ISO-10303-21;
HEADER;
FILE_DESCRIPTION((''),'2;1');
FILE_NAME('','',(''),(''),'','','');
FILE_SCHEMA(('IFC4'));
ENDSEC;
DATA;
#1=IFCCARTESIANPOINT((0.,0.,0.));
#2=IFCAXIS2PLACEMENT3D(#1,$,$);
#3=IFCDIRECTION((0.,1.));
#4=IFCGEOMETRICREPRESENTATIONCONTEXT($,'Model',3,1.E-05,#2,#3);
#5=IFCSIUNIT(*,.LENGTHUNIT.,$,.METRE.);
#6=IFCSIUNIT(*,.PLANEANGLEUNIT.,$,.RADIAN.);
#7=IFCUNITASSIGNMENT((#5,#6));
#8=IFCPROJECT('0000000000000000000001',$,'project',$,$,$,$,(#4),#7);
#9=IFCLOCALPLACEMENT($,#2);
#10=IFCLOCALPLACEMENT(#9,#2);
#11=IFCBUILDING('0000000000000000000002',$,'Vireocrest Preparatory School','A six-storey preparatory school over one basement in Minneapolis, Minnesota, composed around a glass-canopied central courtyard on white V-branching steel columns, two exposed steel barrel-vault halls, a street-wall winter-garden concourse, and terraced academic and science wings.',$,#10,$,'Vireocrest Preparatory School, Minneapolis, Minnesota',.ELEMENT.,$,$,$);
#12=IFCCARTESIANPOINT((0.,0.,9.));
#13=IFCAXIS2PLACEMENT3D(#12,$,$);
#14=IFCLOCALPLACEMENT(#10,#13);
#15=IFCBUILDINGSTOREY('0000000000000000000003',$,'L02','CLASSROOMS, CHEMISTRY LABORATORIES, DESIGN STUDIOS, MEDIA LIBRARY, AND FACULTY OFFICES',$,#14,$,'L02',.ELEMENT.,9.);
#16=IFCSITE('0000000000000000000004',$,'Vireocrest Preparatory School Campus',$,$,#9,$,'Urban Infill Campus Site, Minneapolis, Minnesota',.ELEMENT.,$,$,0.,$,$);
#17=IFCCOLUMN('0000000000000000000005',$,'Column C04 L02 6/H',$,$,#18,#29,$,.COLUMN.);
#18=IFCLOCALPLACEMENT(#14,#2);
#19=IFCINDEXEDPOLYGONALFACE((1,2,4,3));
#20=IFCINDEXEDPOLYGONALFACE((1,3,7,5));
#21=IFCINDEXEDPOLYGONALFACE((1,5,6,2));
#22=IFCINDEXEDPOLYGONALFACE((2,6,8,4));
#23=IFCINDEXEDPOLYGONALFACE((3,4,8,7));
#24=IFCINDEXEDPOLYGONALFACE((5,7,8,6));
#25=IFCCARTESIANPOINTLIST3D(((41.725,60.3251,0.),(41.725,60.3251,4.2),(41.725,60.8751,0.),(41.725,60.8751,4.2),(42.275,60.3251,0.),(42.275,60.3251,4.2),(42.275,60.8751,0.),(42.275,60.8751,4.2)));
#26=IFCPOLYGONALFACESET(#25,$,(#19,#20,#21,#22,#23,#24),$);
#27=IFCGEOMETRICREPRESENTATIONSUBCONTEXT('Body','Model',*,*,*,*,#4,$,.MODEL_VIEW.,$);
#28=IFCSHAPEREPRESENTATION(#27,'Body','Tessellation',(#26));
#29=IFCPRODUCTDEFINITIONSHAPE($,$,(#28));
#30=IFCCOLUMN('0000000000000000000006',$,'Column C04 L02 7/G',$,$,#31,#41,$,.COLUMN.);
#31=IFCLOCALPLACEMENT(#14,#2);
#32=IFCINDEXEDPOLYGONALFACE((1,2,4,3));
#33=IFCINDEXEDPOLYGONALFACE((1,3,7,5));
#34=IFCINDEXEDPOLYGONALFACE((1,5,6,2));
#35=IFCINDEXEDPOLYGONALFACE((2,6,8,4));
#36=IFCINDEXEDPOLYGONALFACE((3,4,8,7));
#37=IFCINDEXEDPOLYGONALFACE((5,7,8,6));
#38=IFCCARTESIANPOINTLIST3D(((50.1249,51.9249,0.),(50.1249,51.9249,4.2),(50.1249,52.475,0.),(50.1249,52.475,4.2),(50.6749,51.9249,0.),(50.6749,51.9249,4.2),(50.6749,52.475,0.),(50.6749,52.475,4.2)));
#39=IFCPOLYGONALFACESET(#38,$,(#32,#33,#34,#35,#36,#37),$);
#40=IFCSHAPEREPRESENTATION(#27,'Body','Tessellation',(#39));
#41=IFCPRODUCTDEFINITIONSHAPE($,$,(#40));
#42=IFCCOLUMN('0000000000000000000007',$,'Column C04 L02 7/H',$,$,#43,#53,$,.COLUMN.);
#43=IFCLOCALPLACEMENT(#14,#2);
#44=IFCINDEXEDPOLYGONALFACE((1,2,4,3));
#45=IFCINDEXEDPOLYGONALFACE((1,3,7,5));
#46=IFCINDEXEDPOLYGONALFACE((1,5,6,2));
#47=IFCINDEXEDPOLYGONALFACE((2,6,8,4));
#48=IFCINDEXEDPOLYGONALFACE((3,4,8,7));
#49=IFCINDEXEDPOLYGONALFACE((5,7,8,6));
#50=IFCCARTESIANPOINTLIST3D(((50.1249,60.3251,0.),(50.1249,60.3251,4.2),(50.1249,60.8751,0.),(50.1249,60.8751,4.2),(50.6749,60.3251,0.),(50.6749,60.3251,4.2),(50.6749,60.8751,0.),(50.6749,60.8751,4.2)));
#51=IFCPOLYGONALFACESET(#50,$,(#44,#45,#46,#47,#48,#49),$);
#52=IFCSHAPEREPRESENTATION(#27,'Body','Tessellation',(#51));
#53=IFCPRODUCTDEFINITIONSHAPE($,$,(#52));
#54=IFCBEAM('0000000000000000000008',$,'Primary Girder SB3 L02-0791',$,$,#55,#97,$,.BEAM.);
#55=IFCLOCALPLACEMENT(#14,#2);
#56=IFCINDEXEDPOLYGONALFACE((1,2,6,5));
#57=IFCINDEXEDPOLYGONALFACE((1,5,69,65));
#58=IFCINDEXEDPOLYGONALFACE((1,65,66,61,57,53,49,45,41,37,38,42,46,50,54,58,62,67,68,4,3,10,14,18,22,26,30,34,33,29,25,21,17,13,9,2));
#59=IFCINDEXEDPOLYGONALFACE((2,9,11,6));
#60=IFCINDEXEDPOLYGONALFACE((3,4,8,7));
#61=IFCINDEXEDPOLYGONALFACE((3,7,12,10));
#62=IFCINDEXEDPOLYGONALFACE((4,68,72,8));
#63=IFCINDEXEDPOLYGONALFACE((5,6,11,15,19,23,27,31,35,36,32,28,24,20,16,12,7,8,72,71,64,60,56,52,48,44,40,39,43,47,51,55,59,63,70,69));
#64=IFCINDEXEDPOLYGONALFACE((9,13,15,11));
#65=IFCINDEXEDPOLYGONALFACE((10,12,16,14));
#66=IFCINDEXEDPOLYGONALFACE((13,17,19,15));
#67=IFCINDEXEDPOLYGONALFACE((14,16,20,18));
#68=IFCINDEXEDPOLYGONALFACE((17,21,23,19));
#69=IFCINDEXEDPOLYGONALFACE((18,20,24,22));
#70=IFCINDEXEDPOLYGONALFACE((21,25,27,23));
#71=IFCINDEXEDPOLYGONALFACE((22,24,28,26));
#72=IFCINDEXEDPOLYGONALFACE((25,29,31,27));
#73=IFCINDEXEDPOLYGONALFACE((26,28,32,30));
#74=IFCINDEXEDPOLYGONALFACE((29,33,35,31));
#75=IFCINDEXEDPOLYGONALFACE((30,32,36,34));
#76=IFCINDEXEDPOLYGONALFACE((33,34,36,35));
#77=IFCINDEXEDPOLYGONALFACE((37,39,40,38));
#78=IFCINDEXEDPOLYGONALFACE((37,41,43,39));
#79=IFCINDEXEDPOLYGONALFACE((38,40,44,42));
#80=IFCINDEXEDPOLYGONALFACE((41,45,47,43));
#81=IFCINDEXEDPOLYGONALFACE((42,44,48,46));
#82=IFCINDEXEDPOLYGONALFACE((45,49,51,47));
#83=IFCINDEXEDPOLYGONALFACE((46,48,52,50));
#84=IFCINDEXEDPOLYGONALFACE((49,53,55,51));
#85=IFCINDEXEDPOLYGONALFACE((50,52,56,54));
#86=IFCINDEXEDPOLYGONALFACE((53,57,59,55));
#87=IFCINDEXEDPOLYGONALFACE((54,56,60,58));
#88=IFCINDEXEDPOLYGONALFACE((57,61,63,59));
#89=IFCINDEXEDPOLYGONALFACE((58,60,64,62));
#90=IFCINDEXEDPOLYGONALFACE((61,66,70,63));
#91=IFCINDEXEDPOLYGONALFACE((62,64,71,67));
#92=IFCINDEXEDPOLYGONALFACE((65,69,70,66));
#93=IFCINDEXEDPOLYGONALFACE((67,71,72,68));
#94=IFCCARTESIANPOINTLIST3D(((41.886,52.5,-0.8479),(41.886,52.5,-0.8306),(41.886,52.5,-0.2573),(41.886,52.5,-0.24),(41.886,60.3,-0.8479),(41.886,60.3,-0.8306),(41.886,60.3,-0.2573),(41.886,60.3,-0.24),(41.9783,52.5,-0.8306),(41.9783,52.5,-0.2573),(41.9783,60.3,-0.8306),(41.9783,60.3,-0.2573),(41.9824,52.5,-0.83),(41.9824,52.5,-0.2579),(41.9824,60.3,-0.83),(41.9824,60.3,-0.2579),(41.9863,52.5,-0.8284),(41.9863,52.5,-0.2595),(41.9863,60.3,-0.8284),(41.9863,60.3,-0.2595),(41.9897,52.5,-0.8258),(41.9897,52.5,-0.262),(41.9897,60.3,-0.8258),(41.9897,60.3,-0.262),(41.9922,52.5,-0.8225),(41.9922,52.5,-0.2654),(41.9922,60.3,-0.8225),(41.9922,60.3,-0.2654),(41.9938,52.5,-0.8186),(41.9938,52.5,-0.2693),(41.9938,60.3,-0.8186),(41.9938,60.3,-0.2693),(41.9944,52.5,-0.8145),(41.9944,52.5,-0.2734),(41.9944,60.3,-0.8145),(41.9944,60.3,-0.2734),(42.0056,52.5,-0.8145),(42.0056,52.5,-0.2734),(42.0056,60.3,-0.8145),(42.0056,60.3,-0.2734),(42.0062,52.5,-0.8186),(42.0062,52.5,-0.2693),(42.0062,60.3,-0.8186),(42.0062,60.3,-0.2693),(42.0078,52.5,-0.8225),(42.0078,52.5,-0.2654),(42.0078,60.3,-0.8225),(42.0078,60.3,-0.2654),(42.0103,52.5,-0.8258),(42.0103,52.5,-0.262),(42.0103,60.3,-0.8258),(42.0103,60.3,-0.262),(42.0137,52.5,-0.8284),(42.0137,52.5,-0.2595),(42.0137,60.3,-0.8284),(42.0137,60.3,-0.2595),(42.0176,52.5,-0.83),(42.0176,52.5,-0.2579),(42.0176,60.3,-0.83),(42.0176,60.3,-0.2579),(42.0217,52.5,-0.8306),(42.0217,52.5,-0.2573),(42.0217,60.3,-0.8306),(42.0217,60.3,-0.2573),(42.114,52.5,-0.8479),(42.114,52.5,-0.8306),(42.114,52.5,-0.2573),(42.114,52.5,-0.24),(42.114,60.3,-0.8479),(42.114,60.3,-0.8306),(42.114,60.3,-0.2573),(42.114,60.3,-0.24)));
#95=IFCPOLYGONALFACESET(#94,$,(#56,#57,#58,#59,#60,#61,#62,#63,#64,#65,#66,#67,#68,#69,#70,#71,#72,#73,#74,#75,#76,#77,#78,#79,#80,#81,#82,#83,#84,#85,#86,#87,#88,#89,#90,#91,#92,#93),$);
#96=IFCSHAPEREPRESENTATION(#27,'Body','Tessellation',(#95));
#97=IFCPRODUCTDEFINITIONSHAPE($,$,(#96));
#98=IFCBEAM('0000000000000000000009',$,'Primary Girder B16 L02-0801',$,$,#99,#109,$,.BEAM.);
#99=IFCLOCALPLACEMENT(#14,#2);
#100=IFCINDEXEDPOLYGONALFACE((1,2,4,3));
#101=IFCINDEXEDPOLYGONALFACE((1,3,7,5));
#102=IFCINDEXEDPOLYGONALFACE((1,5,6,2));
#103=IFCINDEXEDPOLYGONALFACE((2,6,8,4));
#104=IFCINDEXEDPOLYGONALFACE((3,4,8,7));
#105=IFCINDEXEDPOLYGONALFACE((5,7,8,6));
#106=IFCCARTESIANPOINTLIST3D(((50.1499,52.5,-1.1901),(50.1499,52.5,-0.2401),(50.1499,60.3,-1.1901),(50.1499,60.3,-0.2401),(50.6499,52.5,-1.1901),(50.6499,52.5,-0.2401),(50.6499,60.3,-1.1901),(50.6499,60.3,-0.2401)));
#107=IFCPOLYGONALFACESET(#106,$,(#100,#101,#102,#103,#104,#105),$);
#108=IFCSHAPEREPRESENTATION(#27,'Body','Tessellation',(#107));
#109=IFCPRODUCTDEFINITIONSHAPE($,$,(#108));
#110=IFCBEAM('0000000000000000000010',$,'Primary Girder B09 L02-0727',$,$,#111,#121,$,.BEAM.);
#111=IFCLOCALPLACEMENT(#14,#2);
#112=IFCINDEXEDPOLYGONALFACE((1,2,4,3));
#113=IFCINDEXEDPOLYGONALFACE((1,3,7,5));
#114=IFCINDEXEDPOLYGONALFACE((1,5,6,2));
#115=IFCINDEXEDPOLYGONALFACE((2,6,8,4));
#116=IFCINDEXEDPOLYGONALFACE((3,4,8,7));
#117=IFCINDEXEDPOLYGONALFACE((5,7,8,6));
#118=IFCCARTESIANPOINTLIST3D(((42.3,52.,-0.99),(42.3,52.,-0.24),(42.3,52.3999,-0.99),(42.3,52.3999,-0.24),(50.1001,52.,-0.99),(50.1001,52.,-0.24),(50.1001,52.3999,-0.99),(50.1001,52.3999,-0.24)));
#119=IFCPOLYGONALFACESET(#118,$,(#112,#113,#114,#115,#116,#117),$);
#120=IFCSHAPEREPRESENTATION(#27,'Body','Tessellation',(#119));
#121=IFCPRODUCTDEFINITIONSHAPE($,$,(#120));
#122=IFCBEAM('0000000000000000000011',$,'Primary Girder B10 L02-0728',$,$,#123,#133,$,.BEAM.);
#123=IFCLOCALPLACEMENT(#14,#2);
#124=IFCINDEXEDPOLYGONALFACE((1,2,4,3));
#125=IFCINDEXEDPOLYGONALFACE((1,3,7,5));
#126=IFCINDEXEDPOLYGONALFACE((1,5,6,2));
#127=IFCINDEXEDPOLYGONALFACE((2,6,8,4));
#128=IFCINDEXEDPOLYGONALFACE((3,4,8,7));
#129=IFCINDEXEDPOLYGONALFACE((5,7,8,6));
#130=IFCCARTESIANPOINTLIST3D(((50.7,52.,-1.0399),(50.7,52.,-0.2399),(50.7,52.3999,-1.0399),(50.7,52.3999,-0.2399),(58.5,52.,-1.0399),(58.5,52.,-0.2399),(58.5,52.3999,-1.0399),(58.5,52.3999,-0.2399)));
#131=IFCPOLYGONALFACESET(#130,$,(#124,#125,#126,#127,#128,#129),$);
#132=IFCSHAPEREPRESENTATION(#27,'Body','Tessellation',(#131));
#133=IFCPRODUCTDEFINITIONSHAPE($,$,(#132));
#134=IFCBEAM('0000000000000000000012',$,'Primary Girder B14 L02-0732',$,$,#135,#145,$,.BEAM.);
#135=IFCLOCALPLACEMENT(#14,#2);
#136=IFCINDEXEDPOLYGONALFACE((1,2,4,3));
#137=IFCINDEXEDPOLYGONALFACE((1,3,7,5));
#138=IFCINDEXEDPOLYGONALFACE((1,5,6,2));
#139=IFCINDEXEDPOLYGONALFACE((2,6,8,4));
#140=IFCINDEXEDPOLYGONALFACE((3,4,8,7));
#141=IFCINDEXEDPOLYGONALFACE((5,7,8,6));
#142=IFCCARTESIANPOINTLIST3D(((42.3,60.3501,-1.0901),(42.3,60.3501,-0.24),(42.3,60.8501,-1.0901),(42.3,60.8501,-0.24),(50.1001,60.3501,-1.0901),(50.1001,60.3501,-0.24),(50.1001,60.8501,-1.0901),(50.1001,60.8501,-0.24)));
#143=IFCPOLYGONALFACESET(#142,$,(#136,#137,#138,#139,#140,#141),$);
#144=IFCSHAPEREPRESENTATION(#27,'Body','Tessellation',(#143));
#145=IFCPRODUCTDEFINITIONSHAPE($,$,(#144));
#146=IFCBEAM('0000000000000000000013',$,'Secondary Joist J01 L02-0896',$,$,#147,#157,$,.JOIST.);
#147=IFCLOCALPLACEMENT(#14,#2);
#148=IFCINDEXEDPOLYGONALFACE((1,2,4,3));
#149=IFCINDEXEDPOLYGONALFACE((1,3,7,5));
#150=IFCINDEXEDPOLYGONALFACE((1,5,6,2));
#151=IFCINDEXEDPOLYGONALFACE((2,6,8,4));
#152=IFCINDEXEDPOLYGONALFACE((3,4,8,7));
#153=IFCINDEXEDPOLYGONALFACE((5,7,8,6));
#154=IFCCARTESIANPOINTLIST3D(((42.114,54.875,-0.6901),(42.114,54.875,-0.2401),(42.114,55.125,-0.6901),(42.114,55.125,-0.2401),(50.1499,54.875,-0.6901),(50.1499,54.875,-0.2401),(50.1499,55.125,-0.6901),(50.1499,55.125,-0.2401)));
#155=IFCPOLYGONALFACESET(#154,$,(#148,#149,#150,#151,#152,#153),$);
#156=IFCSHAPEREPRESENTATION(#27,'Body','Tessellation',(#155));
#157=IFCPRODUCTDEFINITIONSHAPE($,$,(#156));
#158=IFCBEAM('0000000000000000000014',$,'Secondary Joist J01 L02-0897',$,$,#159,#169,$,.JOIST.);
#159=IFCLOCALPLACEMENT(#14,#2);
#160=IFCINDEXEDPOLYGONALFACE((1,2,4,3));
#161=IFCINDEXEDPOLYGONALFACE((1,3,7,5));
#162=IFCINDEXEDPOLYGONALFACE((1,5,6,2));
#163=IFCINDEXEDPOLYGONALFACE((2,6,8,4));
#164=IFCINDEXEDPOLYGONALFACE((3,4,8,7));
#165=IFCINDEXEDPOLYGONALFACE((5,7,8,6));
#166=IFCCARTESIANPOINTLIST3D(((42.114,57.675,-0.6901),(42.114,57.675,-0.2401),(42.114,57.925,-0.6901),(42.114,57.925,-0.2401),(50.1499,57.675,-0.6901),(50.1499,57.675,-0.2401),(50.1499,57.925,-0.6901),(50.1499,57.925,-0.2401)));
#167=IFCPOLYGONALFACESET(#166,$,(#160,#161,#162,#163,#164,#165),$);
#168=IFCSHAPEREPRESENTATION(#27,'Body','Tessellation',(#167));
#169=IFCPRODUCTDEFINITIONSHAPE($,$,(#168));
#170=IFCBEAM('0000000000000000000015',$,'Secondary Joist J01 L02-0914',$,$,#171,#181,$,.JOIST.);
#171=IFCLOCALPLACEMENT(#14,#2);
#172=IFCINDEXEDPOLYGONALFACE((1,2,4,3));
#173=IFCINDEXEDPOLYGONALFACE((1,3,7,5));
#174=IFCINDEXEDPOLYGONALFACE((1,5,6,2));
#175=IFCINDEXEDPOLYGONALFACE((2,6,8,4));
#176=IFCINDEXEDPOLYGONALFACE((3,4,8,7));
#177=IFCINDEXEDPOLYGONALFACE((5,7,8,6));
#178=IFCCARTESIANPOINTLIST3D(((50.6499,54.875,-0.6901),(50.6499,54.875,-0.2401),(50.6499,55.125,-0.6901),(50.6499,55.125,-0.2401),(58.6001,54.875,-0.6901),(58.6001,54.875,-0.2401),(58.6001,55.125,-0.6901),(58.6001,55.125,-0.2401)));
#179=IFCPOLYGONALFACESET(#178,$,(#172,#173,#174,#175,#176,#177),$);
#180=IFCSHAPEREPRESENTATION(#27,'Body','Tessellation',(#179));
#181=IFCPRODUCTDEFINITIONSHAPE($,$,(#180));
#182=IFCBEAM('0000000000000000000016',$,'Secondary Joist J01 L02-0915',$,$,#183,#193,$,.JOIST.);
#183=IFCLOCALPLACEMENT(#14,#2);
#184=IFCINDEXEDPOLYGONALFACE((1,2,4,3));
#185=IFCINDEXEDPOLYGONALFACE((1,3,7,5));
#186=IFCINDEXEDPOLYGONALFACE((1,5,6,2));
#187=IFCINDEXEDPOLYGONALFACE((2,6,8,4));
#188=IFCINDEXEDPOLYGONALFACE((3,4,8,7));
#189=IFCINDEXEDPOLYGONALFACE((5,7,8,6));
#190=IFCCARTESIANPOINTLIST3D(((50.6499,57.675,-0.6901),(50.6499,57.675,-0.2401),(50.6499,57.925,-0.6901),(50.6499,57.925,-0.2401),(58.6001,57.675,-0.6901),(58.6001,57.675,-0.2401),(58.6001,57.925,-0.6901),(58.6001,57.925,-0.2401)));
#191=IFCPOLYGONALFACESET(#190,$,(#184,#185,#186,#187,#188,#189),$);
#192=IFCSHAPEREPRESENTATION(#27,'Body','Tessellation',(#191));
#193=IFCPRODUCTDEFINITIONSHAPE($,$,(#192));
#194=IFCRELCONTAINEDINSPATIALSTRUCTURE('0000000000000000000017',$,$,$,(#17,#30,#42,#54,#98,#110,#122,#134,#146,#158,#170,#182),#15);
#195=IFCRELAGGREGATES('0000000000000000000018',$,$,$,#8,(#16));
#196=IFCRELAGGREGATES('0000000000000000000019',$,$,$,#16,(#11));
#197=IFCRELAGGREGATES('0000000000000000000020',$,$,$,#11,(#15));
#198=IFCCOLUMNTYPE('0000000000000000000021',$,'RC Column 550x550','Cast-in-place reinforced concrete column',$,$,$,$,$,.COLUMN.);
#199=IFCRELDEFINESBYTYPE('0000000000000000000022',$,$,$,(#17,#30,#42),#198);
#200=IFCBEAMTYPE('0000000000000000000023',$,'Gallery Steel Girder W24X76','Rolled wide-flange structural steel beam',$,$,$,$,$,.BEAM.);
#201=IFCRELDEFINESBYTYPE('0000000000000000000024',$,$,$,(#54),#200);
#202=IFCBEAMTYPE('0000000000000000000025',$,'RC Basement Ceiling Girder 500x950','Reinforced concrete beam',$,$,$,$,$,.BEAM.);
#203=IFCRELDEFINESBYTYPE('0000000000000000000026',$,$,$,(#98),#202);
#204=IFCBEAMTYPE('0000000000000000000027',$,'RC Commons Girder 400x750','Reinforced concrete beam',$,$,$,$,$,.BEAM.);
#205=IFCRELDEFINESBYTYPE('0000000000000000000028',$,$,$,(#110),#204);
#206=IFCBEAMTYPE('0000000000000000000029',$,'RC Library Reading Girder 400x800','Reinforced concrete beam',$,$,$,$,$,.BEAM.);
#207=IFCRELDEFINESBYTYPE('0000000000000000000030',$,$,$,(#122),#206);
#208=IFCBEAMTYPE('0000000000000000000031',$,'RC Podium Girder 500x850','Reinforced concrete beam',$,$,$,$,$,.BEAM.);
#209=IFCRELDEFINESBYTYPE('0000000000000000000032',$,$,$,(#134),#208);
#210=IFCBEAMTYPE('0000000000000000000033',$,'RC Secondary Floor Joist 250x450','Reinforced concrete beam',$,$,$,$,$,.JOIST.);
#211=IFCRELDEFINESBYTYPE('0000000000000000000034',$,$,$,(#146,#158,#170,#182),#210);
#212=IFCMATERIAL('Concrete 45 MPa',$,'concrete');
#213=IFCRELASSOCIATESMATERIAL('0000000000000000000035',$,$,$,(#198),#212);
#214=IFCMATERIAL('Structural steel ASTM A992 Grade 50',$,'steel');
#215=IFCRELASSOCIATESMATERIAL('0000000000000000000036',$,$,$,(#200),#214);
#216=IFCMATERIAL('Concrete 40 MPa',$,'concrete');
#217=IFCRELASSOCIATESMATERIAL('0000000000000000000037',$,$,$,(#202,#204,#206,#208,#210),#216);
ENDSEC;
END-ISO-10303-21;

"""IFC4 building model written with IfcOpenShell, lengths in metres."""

from ifc_helpers import new_model, si_unit, direction, frame, origin, origin_2d, place, context, subcontext, project, spatial, rectangle, i_section, extrude, material, material_profile, profile_set, type_object, element, save


model = new_model("IFC4")

# Units and contexts
model_context = context("Model", 3, precision=1e-05, world=origin(), true_north=direction((0.0, 1.0)))
body_context = subcontext(model_context, "Body", "Model", "MODEL_VIEW")
ifc_project = project(units=[si_unit("LENGTHUNIT", "METRE"), si_unit("PLANEANGLEUNIT", "RADIAN")], contexts=[model_context])

# Site, building, storey
site_placement = place(None, origin())
site = spatial("IfcSite", under=ifc_project, at=site_placement, Name="Vireocrest Preparatory School Campus", LongName="Urban Infill Campus Site, Minneapolis, Minnesota", CompositionType="ELEMENT", RefElevation=0.0)
building_placement = place(site_placement, origin())
building = spatial("IfcBuilding", under=site, at=building_placement, Name="Vireocrest Preparatory School", Description="A six-storey preparatory school over one basement in Minneapolis, Minnesota, composed around a glass-canopied central courtyard on white V-branching steel columns, two exposed steel barrel-vault halls, a street-wall winter-garden concourse, and terraced academic and science wings.", LongName="Vireocrest Preparatory School, Minneapolis, Minnesota", CompositionType="ELEMENT")
storey_placement = place(building_placement, frame((0.0, 0.0, 9.0)))
storey = spatial("IfcBuildingStorey", under=building, at=storey_placement, Name="L02", Description="CLASSROOMS, CHEMISTRY LABORATORIES, DESIGN STUDIOS, MEDIA LIBRARY, AND FACULTY OFFICES", LongName="L02", CompositionType="ELEMENT", Elevation=9.0)

# Columns
ifc_material_1 = material(Name="Concrete 45 MPa", Category="concrete")
ifc_material_profile_1 = material_profile(ifc_material_1, rectangle(XDim=0.55, YDim=0.55, at=origin_2d()), Name="RC 550x550")
ifc_profile_set_1 = profile_set([ifc_material_profile_1], Name="Concrete 45 MPa")
column_type = type_object("IfcColumnType", Name="RC Column 550x550", Description="Cast-in-place reinforced concrete column", PredefinedType="COLUMN", material=ifc_profile_set_1)
for number, where, z_axis, x_axis, name in (
    (1, (42.0, 60.6001, 0.0), (0.0, 0.0, 1.0), (1.0, 0.0, 0.0), "Column C04 L02 6/H"),
    (2, (50.3999, 52.2, 0.0), (0.0, 0.0, 1.0), (1.0, 0.0, 0.0), "Column C04 L02 7/G"),
    (3, (50.3999, 60.6001, 0.0), (0.0, 0.0, 1.0), (1.0, 0.0, 0.0), "Column C04 L02 7/H"),
):
    element("IfcColumn", number, at=place(storey_placement, frame(where, z_axis=z_axis, x_axis=x_axis)), inside=storey, type_object=column_type, Name=name, PredefinedType="COLUMN", context=body_context, shape_type="SweptSolid", body=[
        extrude(rectangle(XDim=0.55, YDim=0.55, at=origin_2d()), origin(), (0.0, 0.0, 1.0), 4.2),
    ])

# Beams
ifc_material_2 = material(Name="Structural steel ASTM A992 Grade 50", Category="steel")
ifc_material_profile_2 = material_profile(ifc_material_2, i_section(OverallWidth=0.228, OverallDepth=0.6079, WebThickness=0.0112, FlangeThickness=0.0173, FilletRadius=0.0161, at=origin_2d()), Name="W24X76")
ifc_profile_set_2 = profile_set([ifc_material_profile_2], Name="Structural steel ASTM A992 Grade 50")
beam_type_1 = type_object("IfcBeamType", Name="Gallery Steel Girder W24X76", Description="Rolled wide-flange structural steel beam", PredefinedType="BEAM", material=ifc_profile_set_2)
beam_1_placement = place(storey_placement, frame((42.0, 52.5, -0.5439), z_axis=(0.0, 1.0, 0.0), x_axis=(-1.0, 0.0, 0.0)))
element("IfcBeam", 4, at=beam_1_placement, inside=storey, type_object=beam_type_1, Name="Primary Girder SB3 L02-0791", PredefinedType="BEAM", context=body_context, shape_type="SweptSolid", body=[
    extrude(i_section(OverallWidth=0.228, OverallDepth=0.6079, WebThickness=0.0112, FlangeThickness=0.0173, FilletRadius=0.0161, at=origin_2d()), origin(), (0.0, 0.0, 1.0), 7.8),
])
ifc_material_3 = material(Name="Concrete 40 MPa", Category="concrete")
ifc_material_profile_3 = material_profile(ifc_material_3, rectangle(XDim=0.5, YDim=0.95, at=origin_2d()), Name="RC 500x950")
ifc_profile_set_3 = profile_set([ifc_material_profile_3], Name="Concrete 40 MPa")
beam_type_2 = type_object("IfcBeamType", Name="RC Basement Ceiling Girder 500x950", Description="Reinforced concrete beam", PredefinedType="BEAM", material=ifc_profile_set_3)
beam_2_placement = place(storey_placement, frame((50.3999, 52.5, -0.7151), z_axis=(0.0, 1.0, 0.0), x_axis=(-1.0, 0.0, 0.0)))
element("IfcBeam", 5, at=beam_2_placement, inside=storey, type_object=beam_type_2, Name="Primary Girder B16 L02-0801", PredefinedType="BEAM", context=body_context, shape_type="SweptSolid", body=[
    extrude(rectangle(XDim=0.5, YDim=0.95, at=origin_2d()), origin(), (0.0, 0.0, 1.0), 7.8),
])
ifc_material_profile_4 = material_profile(ifc_material_3, rectangle(XDim=0.3999, YDim=0.75, at=origin_2d()), Name="RC 400x750")
ifc_profile_set_4 = profile_set([ifc_material_profile_4], Name="Concrete 40 MPa")
beam_type_3 = type_object("IfcBeamType", Name="RC Commons Girder 400x750", Description="Reinforced concrete beam", PredefinedType="BEAM", material=ifc_profile_set_4)
beam_3_placement = place(storey_placement, frame((42.3, 52.2, -0.615), z_axis=(1.0, 0.0, 0.0), x_axis=(0.0, 1.0, 0.0)))
element("IfcBeam", 6, at=beam_3_placement, inside=storey, type_object=beam_type_3, Name="Primary Girder B09 L02-0727", PredefinedType="BEAM", context=body_context, shape_type="SweptSolid", body=[
    extrude(rectangle(XDim=0.3999, YDim=0.75, at=origin_2d()), origin(), (0.0, 0.0, 1.0), 7.8),
])
ifc_material_profile_5 = material_profile(ifc_material_3, rectangle(XDim=0.3999, YDim=0.8, at=origin_2d()), Name="RC 400x800")
ifc_profile_set_5 = profile_set([ifc_material_profile_5], Name="Concrete 40 MPa")
beam_type_4 = type_object("IfcBeamType", Name="RC Library Reading Girder 400x800", Description="Reinforced concrete beam", PredefinedType="BEAM", material=ifc_profile_set_5)
beam_4_placement = place(storey_placement, frame((50.7, 52.2, -0.6399), z_axis=(1.0, 0.0, 0.0), x_axis=(0.0, 1.0, 0.0)))
element("IfcBeam", 7, at=beam_4_placement, inside=storey, type_object=beam_type_4, Name="Primary Girder B10 L02-0728", PredefinedType="BEAM", context=body_context, shape_type="SweptSolid", body=[
    extrude(rectangle(XDim=0.3999, YDim=0.8, at=origin_2d()), origin(), (0.0, 0.0, 1.0), 7.8),
])
ifc_material_profile_6 = material_profile(ifc_material_3, rectangle(XDim=0.5, YDim=0.8501, at=origin_2d()), Name="RC 500x850")
ifc_profile_set_6 = profile_set([ifc_material_profile_6], Name="Concrete 40 MPa")
beam_type_5 = type_object("IfcBeamType", Name="RC Podium Girder 500x850", Description="Reinforced concrete beam", PredefinedType="BEAM", material=ifc_profile_set_6)
beam_5_placement = place(storey_placement, frame((42.3, 60.6001, -0.665), z_axis=(1.0, 0.0, 0.0), x_axis=(0.0, 1.0, 0.0)))
element("IfcBeam", 8, at=beam_5_placement, inside=storey, type_object=beam_type_5, Name="Primary Girder B14 L02-0732", PredefinedType="BEAM", context=body_context, shape_type="SweptSolid", body=[
    extrude(rectangle(XDim=0.5, YDim=0.8501, at=origin_2d()), origin(), (0.0, 0.0, 1.0), 7.8),
])
ifc_material_profile_7 = material_profile(ifc_material_3, rectangle(XDim=0.25, YDim=0.45, at=origin_2d()), Name="RC 250x450")
ifc_profile_set_7 = profile_set([ifc_material_profile_7], Name="Concrete 40 MPa")
beam_type_6 = type_object("IfcBeamType", Name="RC Secondary Floor Joist 250x450", Description="Reinforced concrete beam", PredefinedType="JOIST", material=ifc_profile_set_7)
for number, where, z_axis, x_axis, name in (
    (9, (42.114, 55.0, -0.4651), (1.0, 0.0, 0.0), (0.0, 1.0, 0.0), "Secondary Joist J01 L02-0896"),
    (10, (42.114, 57.8, -0.4651), (1.0, 0.0, 0.0), (0.0, 1.0, 0.0), "Secondary Joist J01 L02-0897"),
):
    element("IfcBeam", number, at=place(storey_placement, frame(where, z_axis=z_axis, x_axis=x_axis)), inside=storey, type_object=beam_type_6, Name=name, PredefinedType="JOIST", context=body_context, shape_type="SweptSolid", body=[
        extrude(rectangle(XDim=0.25, YDim=0.45, at=origin_2d()), origin(), (0.0, 0.0, 1.0), 8.0359),
    ])
for number, where, z_axis, x_axis, name in (
    (11, (50.6499, 55.0, -0.4651), (1.0, 0.0, 0.0), (0.0, 1.0, 0.0), "Secondary Joist J01 L02-0914"),
    (12, (50.6499, 57.8, -0.4651), (1.0, 0.0, 0.0), (0.0, 1.0, 0.0), "Secondary Joist J01 L02-0915"),
):
    element("IfcBeam", number, at=place(storey_placement, frame(where, z_axis=z_axis, x_axis=x_axis)), inside=storey, type_object=beam_type_6, Name=name, PredefinedType="JOIST", context=body_context, shape_type="SweptSolid", body=[
        extrude(rectangle(XDim=0.25, YDim=0.45, at=origin_2d()), origin(), (0.0, 0.0, 1.0), 7.9502),
    ])

save(model, "model.ifc")
